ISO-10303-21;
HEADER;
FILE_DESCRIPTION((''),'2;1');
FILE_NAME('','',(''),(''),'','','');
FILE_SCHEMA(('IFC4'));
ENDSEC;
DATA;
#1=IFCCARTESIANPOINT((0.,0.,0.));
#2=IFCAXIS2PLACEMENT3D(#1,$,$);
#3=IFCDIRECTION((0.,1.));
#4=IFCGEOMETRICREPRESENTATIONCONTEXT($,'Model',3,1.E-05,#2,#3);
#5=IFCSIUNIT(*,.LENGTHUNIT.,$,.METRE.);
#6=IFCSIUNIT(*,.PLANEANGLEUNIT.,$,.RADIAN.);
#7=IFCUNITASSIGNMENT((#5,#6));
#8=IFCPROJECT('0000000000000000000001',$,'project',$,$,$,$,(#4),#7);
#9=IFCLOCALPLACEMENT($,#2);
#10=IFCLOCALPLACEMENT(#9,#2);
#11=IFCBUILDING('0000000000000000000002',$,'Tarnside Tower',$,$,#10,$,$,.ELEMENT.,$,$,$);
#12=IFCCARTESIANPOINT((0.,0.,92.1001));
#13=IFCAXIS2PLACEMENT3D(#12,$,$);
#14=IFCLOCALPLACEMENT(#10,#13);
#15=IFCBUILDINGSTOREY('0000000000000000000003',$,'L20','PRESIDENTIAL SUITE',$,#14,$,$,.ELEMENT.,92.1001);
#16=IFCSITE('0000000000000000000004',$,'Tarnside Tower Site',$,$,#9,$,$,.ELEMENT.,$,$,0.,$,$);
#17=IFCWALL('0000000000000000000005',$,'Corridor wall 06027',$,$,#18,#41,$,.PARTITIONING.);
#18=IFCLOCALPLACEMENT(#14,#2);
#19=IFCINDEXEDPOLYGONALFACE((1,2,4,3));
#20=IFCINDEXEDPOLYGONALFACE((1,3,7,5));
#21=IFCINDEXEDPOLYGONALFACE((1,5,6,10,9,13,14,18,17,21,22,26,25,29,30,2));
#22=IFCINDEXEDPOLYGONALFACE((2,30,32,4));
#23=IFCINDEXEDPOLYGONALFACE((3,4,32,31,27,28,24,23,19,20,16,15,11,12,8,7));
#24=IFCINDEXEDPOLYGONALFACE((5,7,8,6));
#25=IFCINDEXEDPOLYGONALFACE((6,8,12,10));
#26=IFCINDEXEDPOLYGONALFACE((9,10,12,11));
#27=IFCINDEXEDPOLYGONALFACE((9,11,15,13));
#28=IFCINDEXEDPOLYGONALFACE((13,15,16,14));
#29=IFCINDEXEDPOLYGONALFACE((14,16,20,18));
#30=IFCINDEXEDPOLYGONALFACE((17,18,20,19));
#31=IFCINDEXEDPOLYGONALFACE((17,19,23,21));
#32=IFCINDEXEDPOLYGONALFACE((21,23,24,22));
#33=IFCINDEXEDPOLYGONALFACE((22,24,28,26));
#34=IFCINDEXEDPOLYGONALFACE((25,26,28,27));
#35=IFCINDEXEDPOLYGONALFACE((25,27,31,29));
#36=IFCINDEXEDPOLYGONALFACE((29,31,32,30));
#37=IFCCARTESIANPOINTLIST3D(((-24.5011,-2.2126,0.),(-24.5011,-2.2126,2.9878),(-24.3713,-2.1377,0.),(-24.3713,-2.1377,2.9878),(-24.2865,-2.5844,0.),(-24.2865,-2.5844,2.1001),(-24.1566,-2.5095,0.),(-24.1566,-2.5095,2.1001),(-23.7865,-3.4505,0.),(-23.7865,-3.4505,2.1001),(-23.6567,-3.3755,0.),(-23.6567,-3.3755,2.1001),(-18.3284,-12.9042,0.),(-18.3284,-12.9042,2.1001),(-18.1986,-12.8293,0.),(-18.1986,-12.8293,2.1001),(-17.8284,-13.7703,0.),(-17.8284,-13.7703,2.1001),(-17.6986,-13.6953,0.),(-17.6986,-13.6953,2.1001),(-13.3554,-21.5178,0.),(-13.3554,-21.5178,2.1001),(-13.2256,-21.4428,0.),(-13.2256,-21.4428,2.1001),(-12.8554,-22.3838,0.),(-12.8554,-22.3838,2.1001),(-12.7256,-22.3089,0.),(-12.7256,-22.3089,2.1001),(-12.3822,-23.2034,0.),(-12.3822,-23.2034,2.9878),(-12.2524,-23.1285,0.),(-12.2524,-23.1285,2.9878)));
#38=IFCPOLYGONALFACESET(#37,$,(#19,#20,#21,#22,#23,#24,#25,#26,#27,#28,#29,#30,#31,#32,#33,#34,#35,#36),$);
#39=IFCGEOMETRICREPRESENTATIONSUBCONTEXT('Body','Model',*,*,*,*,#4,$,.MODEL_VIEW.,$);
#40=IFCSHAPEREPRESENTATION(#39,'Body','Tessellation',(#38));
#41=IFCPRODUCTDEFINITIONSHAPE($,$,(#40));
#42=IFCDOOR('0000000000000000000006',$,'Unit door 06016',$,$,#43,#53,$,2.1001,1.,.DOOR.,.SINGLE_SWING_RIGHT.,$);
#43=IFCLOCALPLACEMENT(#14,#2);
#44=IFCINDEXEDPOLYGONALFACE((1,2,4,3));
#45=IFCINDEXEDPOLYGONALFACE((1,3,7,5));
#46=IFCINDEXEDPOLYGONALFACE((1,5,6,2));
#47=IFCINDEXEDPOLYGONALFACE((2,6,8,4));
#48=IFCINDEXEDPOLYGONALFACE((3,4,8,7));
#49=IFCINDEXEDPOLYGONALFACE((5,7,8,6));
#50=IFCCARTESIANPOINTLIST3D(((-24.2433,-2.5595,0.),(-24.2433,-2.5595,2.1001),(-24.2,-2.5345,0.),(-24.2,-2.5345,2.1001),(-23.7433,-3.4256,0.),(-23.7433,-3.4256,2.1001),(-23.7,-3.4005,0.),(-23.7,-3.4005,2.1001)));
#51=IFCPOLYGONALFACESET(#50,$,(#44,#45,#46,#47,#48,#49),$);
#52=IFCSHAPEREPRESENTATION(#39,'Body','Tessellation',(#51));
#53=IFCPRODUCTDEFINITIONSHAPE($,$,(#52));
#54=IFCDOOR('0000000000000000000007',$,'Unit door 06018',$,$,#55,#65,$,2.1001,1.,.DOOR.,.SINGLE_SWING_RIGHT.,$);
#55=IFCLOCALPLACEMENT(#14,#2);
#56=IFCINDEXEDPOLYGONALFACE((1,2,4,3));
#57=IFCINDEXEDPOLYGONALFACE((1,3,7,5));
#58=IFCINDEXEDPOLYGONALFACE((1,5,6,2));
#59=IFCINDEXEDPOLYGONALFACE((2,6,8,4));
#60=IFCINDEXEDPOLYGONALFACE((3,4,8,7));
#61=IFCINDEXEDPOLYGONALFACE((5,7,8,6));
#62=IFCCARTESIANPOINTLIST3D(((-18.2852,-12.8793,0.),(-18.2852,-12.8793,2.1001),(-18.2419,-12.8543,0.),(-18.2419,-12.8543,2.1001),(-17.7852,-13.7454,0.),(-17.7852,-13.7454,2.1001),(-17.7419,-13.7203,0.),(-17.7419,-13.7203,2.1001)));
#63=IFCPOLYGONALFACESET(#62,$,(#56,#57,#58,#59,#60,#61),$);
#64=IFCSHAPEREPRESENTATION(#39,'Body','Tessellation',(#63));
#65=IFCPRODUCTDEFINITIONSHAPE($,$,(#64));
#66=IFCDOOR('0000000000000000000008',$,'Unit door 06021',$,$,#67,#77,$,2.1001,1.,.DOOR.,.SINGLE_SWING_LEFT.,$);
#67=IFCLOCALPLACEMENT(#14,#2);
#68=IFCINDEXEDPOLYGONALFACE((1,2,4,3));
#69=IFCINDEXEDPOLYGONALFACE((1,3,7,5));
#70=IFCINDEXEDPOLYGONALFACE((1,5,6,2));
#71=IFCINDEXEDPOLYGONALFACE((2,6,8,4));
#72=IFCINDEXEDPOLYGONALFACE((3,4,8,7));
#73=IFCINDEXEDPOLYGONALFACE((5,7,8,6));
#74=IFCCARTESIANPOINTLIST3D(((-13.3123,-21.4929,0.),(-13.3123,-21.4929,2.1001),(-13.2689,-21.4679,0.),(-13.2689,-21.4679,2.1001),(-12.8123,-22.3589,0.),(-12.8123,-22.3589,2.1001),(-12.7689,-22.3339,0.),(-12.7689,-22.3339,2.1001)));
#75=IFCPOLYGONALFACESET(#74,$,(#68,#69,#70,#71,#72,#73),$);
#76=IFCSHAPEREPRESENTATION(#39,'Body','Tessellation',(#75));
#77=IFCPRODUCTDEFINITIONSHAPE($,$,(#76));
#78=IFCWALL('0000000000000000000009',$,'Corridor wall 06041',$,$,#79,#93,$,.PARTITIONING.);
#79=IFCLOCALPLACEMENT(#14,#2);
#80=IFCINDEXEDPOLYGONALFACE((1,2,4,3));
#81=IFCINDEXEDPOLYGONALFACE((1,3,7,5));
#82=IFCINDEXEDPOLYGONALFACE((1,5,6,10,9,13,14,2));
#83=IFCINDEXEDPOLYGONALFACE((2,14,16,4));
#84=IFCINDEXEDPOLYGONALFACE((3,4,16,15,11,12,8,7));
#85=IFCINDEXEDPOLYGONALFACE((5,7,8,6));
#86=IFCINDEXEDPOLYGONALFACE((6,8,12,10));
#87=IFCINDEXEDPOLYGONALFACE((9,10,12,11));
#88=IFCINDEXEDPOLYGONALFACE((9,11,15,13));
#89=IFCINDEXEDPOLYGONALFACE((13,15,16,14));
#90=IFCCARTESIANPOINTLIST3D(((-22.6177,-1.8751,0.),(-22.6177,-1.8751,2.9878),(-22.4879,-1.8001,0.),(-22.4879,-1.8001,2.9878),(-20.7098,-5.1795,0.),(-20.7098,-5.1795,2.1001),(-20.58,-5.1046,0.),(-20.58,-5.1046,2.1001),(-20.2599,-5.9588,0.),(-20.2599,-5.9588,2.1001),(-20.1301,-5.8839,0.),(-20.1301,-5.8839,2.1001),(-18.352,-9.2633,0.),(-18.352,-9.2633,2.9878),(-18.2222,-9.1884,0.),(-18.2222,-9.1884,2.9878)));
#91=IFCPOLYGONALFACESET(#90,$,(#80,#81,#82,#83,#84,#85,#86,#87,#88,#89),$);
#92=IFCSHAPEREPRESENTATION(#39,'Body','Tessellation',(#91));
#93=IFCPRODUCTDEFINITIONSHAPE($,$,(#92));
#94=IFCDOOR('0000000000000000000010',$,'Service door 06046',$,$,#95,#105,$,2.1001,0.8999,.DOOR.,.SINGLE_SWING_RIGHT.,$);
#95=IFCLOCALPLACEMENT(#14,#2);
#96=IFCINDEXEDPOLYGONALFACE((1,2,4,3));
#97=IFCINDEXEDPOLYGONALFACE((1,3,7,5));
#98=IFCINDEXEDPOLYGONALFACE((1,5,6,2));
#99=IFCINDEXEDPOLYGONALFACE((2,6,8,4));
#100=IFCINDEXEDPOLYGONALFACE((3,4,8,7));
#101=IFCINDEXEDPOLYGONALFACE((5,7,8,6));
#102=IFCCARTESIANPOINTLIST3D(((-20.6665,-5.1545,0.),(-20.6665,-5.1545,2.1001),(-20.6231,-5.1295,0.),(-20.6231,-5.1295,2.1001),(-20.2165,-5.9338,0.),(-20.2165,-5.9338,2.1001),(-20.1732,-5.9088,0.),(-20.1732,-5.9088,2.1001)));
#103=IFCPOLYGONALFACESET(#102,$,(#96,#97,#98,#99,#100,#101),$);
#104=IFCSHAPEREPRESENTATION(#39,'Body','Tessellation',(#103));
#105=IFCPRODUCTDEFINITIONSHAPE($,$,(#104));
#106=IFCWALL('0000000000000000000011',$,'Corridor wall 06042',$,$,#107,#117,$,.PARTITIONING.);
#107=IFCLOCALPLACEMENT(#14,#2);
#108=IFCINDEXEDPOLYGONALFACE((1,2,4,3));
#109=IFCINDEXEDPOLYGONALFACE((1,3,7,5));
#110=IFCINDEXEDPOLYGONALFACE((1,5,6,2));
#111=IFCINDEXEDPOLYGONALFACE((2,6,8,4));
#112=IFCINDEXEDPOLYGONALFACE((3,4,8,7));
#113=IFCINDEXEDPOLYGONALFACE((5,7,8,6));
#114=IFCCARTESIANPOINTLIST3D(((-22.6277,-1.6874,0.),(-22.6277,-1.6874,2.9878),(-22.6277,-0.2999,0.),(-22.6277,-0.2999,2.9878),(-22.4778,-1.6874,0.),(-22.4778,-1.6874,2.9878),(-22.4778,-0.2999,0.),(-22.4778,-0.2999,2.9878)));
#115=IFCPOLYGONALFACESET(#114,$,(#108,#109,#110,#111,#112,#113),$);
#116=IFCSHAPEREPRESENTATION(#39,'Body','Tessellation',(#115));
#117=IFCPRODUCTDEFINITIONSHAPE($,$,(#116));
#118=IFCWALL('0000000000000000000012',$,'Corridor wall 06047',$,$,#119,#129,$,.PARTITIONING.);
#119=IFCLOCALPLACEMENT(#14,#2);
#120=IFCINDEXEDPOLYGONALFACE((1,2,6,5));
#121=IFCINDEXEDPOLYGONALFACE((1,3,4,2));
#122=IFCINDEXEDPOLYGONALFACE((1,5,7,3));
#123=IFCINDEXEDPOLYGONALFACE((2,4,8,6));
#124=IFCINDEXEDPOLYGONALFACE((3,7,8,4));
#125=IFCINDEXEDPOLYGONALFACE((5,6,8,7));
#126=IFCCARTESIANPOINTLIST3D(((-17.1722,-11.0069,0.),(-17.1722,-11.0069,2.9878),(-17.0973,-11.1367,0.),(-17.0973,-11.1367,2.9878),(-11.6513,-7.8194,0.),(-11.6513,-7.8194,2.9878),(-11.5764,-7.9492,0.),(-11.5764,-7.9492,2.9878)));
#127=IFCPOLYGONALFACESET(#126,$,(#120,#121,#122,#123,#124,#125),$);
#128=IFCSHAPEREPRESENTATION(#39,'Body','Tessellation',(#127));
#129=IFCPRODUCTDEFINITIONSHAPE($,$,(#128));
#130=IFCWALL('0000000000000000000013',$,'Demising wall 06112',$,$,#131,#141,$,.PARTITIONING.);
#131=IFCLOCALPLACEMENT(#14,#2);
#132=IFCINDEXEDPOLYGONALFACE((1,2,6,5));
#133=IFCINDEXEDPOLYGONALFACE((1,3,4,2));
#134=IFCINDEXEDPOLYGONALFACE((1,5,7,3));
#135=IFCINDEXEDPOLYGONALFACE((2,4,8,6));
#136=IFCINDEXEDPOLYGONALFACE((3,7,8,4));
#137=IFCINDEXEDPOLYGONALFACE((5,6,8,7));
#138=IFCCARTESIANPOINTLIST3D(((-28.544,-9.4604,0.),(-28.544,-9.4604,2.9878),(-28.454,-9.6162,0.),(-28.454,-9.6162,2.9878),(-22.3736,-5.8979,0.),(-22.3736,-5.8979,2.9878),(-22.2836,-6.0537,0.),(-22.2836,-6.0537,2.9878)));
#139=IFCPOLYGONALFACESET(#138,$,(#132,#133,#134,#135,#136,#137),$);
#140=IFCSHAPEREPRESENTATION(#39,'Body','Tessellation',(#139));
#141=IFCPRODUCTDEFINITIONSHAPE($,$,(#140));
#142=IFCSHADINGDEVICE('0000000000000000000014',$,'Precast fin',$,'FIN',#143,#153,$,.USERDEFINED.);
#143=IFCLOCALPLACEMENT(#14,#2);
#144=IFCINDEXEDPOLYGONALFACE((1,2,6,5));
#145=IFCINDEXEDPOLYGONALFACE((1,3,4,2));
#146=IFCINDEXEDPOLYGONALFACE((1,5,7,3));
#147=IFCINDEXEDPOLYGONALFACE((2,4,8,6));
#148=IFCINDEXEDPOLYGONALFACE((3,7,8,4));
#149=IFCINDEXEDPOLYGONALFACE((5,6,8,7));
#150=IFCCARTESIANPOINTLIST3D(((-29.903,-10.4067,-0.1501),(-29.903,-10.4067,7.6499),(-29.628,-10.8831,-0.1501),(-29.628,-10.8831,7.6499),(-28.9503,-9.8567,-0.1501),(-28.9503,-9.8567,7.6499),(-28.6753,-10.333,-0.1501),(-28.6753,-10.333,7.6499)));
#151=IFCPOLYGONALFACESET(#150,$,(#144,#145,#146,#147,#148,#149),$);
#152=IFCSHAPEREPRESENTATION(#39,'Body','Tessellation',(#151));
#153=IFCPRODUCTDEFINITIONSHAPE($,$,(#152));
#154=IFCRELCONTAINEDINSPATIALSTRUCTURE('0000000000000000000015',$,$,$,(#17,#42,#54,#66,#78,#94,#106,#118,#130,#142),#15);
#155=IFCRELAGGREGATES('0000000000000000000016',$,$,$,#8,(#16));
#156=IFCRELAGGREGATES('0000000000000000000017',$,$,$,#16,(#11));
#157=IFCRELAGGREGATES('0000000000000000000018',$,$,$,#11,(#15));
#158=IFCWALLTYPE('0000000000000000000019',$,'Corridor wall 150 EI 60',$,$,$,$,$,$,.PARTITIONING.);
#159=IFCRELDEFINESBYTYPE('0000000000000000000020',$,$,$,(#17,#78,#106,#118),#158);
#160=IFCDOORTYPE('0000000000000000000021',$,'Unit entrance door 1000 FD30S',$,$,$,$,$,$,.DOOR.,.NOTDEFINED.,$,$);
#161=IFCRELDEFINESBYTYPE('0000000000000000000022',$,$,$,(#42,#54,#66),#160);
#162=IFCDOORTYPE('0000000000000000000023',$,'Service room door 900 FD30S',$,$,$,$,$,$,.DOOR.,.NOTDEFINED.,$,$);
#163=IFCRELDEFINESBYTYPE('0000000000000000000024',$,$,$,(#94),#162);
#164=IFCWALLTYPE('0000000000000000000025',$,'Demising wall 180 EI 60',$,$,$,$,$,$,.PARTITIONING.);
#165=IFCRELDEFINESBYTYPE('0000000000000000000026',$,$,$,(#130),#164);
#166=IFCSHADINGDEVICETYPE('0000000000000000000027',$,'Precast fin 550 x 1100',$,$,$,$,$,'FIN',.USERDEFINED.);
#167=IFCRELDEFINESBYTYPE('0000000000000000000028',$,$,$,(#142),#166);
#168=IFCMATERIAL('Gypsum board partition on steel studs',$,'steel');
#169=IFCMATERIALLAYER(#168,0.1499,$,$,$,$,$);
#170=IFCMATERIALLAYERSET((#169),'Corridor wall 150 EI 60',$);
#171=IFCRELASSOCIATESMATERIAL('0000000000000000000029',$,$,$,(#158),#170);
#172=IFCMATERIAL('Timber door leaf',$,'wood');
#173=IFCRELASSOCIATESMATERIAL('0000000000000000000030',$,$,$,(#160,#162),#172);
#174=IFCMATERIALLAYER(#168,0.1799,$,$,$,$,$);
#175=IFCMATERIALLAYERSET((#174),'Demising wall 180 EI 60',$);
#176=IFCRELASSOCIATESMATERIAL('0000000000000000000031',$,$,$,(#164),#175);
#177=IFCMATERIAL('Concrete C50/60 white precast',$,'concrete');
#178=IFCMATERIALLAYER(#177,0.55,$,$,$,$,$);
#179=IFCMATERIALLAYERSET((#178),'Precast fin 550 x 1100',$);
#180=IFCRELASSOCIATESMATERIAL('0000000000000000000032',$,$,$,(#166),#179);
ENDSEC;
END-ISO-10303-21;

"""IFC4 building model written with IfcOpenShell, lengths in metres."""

from ifc_helpers import new_model, si_unit, direction, frame, frame_2d, origin, place, context, subcontext, project, spatial, polyline, rectangle, outline, extrude, material, layer, layer_set, type_object, element, fill, save


model = new_model("IFC4")

# Units and contexts
model_context = context("Model", 3, precision=1e-05, world=origin(), true_north=direction((0.0, 1.0)))
body_context = subcontext(model_context, "Body", "Model", "MODEL_VIEW")
ifc_project = project(units=[si_unit("LENGTHUNIT", "METRE"), si_unit("PLANEANGLEUNIT", "RADIAN")], contexts=[model_context])

# Site, building, storey
site_placement = place(None, origin())
site = spatial("IfcSite", under=ifc_project, at=site_placement, Name="Tarnside Tower Site", CompositionType="ELEMENT", RefElevation=0.0)
building_placement = place(site_placement, origin())
building = spatial("IfcBuilding", under=site, at=building_placement, Name="Tarnside Tower", CompositionType="ELEMENT")
storey_placement = place(building_placement, frame((0.0, 0.0, 92.1001)))
storey = spatial("IfcBuildingStorey", under=building, at=storey_placement, Name="L20", Description="PRESIDENTIAL SUITE", CompositionType="ELEMENT", Elevation=92.1001)

# Shared definitions
ifc_material_1 = material(Name="Gypsum board partition on steel studs", Category="steel")

# Shared definitions
ifc_material_2 = material(Name="Timber door leaf", Category="wood")

# Shared definitions
ifc_layer_1 = layer(ifc_material_1, 0.1499)
ifc_layer_set_1 = layer_set([ifc_layer_1], Name="Corridor wall 150 EI 60")
wall_type_1 = type_object("IfcWallType", Name="Corridor wall 150 EI 60", PredefinedType="PARTITIONING", material=ifc_layer_set_1)

# Wall, openings, doors
wall_1_placement = place(storey_placement, frame((-24.4363, -2.175, 0.0), z_axis=(0.0, 0.0, 1.0), x_axis=(0.499997, -0.866027, 0.0)))
wall_1 = element("IfcWall", 1, at=wall_1_placement, inside=storey, type_object=wall_type_1, Name="Corridor wall 06027", PredefinedType="PARTITIONING", context=body_context, shape_type="SweptSolid", body=[
    extrude(rectangle(XDim=24.238, YDim=0.1499, at=frame_2d((12.1191, 0.0))), origin(), (0.0, 0.0, 1.0), 2.9878),
])
opening_1_placement = place(wall_1_placement, frame((0.4294, 0.0, 0.0)))
opening_1 = element("IfcOpeningElement", 2, at=opening_1_placement, cuts=wall_1, PredefinedType="OPENING", context=body_context, shape_type="SweptSolid", body=[
    extrude(rectangle(XDim=1.0, YDim=2.1001, at=frame_2d((0.5, 1.05))), frame((0.0, 0.085, 0.0), z_axis=(0.0, -1.0, 0.0), x_axis=(1.0, 0.0, 0.0)), (0.0, 0.0, 1.0), 0.1699),
])
opening_2_placement = place(wall_1_placement, frame((12.3457, 0.0, 0.0)))
opening_2 = element("IfcOpeningElement", 3, at=opening_2_placement, cuts=wall_1, PredefinedType="OPENING", context=body_context, shape_type="SweptSolid", body=[
    extrude(rectangle(XDim=1.0, YDim=2.1001, at=frame_2d((0.5, 1.05))), frame((0.0, 0.085, 0.0), z_axis=(0.0, -1.0, 0.0), x_axis=(1.0, 0.0, 0.0)), (0.0, 0.0, 1.0), 0.1699),
])
opening_3_placement = place(wall_1_placement, frame((22.2917, 0.0, 0.0)))
opening_3 = element("IfcOpeningElement", 4, at=opening_3_placement, cuts=wall_1, PredefinedType="OPENING", context=body_context, shape_type="SweptSolid", body=[
    extrude(rectangle(XDim=1.0, YDim=2.1001, at=frame_2d((0.5, 1.05))), frame((0.0, 0.085, 0.0), z_axis=(0.0, -1.0, 0.0), x_axis=(1.0, 0.0, 0.0)), (0.0, 0.0, 1.0), 0.1699),
])
door_type_1 = type_object("IfcDoorType", Name="Unit entrance door 1000 FD30S", OperationType="NOTDEFINED", PredefinedType="DOOR", material=ifc_material_2)
door_1_placement = place(opening_1_placement, origin())
door_1 = element("IfcDoor", 5, at=door_1_placement, inside=storey, type_object=door_type_1, Name="Unit door 06016", OperationType="SINGLE_SWING_RIGHT", OverallHeight=2.1001, OverallWidth=1.0, PredefinedType="DOOR", context=body_context, shape_type="SweptSolid", body=[
    extrude(rectangle(XDim=1.0, YDim=2.1001, at=frame_2d((0.5, 1.05))), frame((0.0, 0.0249, 0.0), z_axis=(0.0, -1.0, 0.0), x_axis=(1.0, 0.0, 0.0)), (0.0, 0.0, 1.0), 0.05),
])
fill(opening_1, door_1)
door_2_placement = place(opening_2_placement, origin())
door_2 = element("IfcDoor", 6, at=door_2_placement, inside=storey, type_object=door_type_1, Name="Unit door 06018", OperationType="SINGLE_SWING_RIGHT", OverallHeight=2.1001, OverallWidth=1.0, PredefinedType="DOOR", context=body_context, shape_type="SweptSolid", body=[
    extrude(rectangle(XDim=1.0, YDim=2.1001, at=frame_2d((0.5, 1.05))), frame((0.0, 0.0249, 0.0), z_axis=(0.0, -1.0, 0.0), x_axis=(1.0, 0.0, 0.0)), (0.0, 0.0, 1.0), 0.05),
])
fill(opening_2, door_2)
door_3_placement = place(opening_3_placement, origin())
door_3 = element("IfcDoor", 7, at=door_3_placement, inside=storey, type_object=door_type_1, Name="Unit door 06021", OperationType="SINGLE_SWING_LEFT", OverallHeight=2.1001, OverallWidth=1.0, PredefinedType="DOOR", context=body_context, shape_type="SweptSolid", body=[
    extrude(rectangle(XDim=1.0, YDim=2.1001, at=frame_2d((0.5, 1.05))), frame((0.0, 0.0249, 0.0), z_axis=(0.0, -1.0, 0.0), x_axis=(1.0, 0.0, 0.0)), (0.0, 0.0, 1.0), 0.05),
])
fill(opening_3, door_3)

# Wall, opening, door
wall_2_placement = place(storey_placement, frame((-18.2871, -9.2258, 0.0), z_axis=(0.0, 0.0, 1.0), x_axis=(-0.500005, 0.866023, 0.0)))
wall_2 = element("IfcWall", 8, at=wall_2_placement, inside=storey, type_object=wall_type_1, Name="Corridor wall 06041", PredefinedType="PARTITIONING", context=body_context, shape_type="SweptSolid", body=[
    extrude(rectangle(XDim=8.5312, YDim=0.1499, at=frame_2d((4.2656, 0.0))), origin(), (0.0, 0.0, 1.0), 2.9878),
])
opening_4_placement = place(wall_2_placement, frame((3.8157, 0.0, 0.0)))
opening_4 = element("IfcOpeningElement", 9, at=opening_4_placement, cuts=wall_2, PredefinedType="OPENING", context=body_context, shape_type="SweptSolid", body=[
    extrude(rectangle(XDim=0.8999, YDim=2.1001, at=frame_2d((0.45, 1.05))), frame((0.0, 0.085, 0.0), z_axis=(0.0, -1.0, 0.0), x_axis=(1.0, 0.0, 0.0)), (0.0, 0.0, 1.0), 0.1699),
])
door_type_2 = type_object("IfcDoorType", Name="Service room door 900 FD30S", OperationType="NOTDEFINED", PredefinedType="DOOR", material=ifc_material_2)
door_4_placement = place(opening_4_placement, origin())
door_4 = element("IfcDoor", 10, at=door_4_placement, inside=storey, type_object=door_type_2, Name="Service door 06046", OperationType="SINGLE_SWING_RIGHT", OverallHeight=2.1001, OverallWidth=0.8999, PredefinedType="DOOR", context=body_context, shape_type="SweptSolid", body=[
    extrude(rectangle(XDim=0.8999, YDim=2.1001, at=frame_2d((0.45, 1.05))), frame((0.0, 0.0249, 0.0), z_axis=(0.0, -1.0, 0.0), x_axis=(1.0, 0.0, 0.0)), (0.0, 0.0, 1.0), 0.05),
])
fill(opening_4, door_4)

# Walls
wall_3_placement = place(storey_placement, frame((-22.5527, -1.6875, 0.0), z_axis=(0.0, 0.0, 1.0), x_axis=(0.0, 1.0, 0.0)))
element("IfcWall", 11, at=wall_3_placement, inside=storey, type_object=wall_type_1, Name="Corridor wall 06042", PredefinedType="PARTITIONING", context=body_context, shape_type="SweptSolid", body=[
    extrude(rectangle(XDim=1.3875, YDim=0.1499, at=frame_2d((0.6938, 0.0))), origin(), (0.0, 0.0, 1.0), 2.9878),
])
wall_4_placement = place(storey_placement, frame((-17.1348, -11.0718, 0.0), z_axis=(0.0, 0.0, 1.0), x_axis=(0.866029, 0.499994, 0.0)))
element("IfcWall", 12, at=wall_4_placement, inside=storey, type_object=wall_type_1, Name="Corridor wall 06047", PredefinedType="PARTITIONING", context=body_context, shape_type="SweptSolid", body=[
    extrude(rectangle(XDim=6.375, YDim=0.1499, at=frame_2d((3.1875, 0.0))), origin(), (0.0, 0.0, 1.0), 2.9878),
])
ifc_layer_2 = layer(ifc_material_1, 0.1799)
ifc_layer_set_2 = layer_set([ifc_layer_2], Name="Demising wall 180 EI 60")
wall_type_2 = type_object("IfcWallType", Name="Demising wall 180 EI 60", PredefinedType="PARTITIONING", material=ifc_layer_set_2)
wall_5_placement = place(storey_placement, frame((-28.499, -9.5383, 0.0), z_axis=(0.0, 0.0, 1.0), x_axis=(0.866025, 0.500001, 0.0)))
element("IfcWall", 13, at=wall_5_placement, inside=storey, type_object=wall_type_2, Name="Demising wall 06112", PredefinedType="PARTITIONING", context=body_context, shape_type="SweptSolid", body=[
    extrude(rectangle(XDim=7.125, YDim=0.1799, at=frame_2d((3.5625, 0.0))), origin(), (0.0, 0.0, 1.0), 2.9878),
])

# Shading device
ifc_material_3 = material(Name="Concrete C50/60 white precast", Category="concrete")
ifc_layer_3 = layer(ifc_material_3, 0.55)
ifc_layer_set_3 = layer_set([ifc_layer_3], Name="Precast fin 550 x 1100")
shading_device_type = type_object("IfcShadingDeviceType", Name="Precast fin 550 x 1100", ElementType="FIN", PredefinedType="USERDEFINED", material=ifc_layer_set_3)
shading_device_placement = place(storey_placement, frame((-28.8127, -10.095, -0.1501), z_axis=(-0.5, 0.866025, 0.0), x_axis=(-0.866025, -0.5, 0.0)))
element("IfcShadingDevice", 14, at=shading_device_placement, inside=storey, type_object=shading_device_type, Name="Precast fin", ObjectType="FIN", PredefinedType="USERDEFINED", context=body_context, shape_type="SweptSolid", body=[
    extrude(outline(polyline([(0.0, 0.0), (1.1001, 0.0), (1.1001, 7.8), (0.0, 7.8), (0.0, 0.0)])), frame((0.0, 0.0, -0.2749)), (0.0, 0.0, 1.0), 0.55),
])

save(model, "model.ifc")
